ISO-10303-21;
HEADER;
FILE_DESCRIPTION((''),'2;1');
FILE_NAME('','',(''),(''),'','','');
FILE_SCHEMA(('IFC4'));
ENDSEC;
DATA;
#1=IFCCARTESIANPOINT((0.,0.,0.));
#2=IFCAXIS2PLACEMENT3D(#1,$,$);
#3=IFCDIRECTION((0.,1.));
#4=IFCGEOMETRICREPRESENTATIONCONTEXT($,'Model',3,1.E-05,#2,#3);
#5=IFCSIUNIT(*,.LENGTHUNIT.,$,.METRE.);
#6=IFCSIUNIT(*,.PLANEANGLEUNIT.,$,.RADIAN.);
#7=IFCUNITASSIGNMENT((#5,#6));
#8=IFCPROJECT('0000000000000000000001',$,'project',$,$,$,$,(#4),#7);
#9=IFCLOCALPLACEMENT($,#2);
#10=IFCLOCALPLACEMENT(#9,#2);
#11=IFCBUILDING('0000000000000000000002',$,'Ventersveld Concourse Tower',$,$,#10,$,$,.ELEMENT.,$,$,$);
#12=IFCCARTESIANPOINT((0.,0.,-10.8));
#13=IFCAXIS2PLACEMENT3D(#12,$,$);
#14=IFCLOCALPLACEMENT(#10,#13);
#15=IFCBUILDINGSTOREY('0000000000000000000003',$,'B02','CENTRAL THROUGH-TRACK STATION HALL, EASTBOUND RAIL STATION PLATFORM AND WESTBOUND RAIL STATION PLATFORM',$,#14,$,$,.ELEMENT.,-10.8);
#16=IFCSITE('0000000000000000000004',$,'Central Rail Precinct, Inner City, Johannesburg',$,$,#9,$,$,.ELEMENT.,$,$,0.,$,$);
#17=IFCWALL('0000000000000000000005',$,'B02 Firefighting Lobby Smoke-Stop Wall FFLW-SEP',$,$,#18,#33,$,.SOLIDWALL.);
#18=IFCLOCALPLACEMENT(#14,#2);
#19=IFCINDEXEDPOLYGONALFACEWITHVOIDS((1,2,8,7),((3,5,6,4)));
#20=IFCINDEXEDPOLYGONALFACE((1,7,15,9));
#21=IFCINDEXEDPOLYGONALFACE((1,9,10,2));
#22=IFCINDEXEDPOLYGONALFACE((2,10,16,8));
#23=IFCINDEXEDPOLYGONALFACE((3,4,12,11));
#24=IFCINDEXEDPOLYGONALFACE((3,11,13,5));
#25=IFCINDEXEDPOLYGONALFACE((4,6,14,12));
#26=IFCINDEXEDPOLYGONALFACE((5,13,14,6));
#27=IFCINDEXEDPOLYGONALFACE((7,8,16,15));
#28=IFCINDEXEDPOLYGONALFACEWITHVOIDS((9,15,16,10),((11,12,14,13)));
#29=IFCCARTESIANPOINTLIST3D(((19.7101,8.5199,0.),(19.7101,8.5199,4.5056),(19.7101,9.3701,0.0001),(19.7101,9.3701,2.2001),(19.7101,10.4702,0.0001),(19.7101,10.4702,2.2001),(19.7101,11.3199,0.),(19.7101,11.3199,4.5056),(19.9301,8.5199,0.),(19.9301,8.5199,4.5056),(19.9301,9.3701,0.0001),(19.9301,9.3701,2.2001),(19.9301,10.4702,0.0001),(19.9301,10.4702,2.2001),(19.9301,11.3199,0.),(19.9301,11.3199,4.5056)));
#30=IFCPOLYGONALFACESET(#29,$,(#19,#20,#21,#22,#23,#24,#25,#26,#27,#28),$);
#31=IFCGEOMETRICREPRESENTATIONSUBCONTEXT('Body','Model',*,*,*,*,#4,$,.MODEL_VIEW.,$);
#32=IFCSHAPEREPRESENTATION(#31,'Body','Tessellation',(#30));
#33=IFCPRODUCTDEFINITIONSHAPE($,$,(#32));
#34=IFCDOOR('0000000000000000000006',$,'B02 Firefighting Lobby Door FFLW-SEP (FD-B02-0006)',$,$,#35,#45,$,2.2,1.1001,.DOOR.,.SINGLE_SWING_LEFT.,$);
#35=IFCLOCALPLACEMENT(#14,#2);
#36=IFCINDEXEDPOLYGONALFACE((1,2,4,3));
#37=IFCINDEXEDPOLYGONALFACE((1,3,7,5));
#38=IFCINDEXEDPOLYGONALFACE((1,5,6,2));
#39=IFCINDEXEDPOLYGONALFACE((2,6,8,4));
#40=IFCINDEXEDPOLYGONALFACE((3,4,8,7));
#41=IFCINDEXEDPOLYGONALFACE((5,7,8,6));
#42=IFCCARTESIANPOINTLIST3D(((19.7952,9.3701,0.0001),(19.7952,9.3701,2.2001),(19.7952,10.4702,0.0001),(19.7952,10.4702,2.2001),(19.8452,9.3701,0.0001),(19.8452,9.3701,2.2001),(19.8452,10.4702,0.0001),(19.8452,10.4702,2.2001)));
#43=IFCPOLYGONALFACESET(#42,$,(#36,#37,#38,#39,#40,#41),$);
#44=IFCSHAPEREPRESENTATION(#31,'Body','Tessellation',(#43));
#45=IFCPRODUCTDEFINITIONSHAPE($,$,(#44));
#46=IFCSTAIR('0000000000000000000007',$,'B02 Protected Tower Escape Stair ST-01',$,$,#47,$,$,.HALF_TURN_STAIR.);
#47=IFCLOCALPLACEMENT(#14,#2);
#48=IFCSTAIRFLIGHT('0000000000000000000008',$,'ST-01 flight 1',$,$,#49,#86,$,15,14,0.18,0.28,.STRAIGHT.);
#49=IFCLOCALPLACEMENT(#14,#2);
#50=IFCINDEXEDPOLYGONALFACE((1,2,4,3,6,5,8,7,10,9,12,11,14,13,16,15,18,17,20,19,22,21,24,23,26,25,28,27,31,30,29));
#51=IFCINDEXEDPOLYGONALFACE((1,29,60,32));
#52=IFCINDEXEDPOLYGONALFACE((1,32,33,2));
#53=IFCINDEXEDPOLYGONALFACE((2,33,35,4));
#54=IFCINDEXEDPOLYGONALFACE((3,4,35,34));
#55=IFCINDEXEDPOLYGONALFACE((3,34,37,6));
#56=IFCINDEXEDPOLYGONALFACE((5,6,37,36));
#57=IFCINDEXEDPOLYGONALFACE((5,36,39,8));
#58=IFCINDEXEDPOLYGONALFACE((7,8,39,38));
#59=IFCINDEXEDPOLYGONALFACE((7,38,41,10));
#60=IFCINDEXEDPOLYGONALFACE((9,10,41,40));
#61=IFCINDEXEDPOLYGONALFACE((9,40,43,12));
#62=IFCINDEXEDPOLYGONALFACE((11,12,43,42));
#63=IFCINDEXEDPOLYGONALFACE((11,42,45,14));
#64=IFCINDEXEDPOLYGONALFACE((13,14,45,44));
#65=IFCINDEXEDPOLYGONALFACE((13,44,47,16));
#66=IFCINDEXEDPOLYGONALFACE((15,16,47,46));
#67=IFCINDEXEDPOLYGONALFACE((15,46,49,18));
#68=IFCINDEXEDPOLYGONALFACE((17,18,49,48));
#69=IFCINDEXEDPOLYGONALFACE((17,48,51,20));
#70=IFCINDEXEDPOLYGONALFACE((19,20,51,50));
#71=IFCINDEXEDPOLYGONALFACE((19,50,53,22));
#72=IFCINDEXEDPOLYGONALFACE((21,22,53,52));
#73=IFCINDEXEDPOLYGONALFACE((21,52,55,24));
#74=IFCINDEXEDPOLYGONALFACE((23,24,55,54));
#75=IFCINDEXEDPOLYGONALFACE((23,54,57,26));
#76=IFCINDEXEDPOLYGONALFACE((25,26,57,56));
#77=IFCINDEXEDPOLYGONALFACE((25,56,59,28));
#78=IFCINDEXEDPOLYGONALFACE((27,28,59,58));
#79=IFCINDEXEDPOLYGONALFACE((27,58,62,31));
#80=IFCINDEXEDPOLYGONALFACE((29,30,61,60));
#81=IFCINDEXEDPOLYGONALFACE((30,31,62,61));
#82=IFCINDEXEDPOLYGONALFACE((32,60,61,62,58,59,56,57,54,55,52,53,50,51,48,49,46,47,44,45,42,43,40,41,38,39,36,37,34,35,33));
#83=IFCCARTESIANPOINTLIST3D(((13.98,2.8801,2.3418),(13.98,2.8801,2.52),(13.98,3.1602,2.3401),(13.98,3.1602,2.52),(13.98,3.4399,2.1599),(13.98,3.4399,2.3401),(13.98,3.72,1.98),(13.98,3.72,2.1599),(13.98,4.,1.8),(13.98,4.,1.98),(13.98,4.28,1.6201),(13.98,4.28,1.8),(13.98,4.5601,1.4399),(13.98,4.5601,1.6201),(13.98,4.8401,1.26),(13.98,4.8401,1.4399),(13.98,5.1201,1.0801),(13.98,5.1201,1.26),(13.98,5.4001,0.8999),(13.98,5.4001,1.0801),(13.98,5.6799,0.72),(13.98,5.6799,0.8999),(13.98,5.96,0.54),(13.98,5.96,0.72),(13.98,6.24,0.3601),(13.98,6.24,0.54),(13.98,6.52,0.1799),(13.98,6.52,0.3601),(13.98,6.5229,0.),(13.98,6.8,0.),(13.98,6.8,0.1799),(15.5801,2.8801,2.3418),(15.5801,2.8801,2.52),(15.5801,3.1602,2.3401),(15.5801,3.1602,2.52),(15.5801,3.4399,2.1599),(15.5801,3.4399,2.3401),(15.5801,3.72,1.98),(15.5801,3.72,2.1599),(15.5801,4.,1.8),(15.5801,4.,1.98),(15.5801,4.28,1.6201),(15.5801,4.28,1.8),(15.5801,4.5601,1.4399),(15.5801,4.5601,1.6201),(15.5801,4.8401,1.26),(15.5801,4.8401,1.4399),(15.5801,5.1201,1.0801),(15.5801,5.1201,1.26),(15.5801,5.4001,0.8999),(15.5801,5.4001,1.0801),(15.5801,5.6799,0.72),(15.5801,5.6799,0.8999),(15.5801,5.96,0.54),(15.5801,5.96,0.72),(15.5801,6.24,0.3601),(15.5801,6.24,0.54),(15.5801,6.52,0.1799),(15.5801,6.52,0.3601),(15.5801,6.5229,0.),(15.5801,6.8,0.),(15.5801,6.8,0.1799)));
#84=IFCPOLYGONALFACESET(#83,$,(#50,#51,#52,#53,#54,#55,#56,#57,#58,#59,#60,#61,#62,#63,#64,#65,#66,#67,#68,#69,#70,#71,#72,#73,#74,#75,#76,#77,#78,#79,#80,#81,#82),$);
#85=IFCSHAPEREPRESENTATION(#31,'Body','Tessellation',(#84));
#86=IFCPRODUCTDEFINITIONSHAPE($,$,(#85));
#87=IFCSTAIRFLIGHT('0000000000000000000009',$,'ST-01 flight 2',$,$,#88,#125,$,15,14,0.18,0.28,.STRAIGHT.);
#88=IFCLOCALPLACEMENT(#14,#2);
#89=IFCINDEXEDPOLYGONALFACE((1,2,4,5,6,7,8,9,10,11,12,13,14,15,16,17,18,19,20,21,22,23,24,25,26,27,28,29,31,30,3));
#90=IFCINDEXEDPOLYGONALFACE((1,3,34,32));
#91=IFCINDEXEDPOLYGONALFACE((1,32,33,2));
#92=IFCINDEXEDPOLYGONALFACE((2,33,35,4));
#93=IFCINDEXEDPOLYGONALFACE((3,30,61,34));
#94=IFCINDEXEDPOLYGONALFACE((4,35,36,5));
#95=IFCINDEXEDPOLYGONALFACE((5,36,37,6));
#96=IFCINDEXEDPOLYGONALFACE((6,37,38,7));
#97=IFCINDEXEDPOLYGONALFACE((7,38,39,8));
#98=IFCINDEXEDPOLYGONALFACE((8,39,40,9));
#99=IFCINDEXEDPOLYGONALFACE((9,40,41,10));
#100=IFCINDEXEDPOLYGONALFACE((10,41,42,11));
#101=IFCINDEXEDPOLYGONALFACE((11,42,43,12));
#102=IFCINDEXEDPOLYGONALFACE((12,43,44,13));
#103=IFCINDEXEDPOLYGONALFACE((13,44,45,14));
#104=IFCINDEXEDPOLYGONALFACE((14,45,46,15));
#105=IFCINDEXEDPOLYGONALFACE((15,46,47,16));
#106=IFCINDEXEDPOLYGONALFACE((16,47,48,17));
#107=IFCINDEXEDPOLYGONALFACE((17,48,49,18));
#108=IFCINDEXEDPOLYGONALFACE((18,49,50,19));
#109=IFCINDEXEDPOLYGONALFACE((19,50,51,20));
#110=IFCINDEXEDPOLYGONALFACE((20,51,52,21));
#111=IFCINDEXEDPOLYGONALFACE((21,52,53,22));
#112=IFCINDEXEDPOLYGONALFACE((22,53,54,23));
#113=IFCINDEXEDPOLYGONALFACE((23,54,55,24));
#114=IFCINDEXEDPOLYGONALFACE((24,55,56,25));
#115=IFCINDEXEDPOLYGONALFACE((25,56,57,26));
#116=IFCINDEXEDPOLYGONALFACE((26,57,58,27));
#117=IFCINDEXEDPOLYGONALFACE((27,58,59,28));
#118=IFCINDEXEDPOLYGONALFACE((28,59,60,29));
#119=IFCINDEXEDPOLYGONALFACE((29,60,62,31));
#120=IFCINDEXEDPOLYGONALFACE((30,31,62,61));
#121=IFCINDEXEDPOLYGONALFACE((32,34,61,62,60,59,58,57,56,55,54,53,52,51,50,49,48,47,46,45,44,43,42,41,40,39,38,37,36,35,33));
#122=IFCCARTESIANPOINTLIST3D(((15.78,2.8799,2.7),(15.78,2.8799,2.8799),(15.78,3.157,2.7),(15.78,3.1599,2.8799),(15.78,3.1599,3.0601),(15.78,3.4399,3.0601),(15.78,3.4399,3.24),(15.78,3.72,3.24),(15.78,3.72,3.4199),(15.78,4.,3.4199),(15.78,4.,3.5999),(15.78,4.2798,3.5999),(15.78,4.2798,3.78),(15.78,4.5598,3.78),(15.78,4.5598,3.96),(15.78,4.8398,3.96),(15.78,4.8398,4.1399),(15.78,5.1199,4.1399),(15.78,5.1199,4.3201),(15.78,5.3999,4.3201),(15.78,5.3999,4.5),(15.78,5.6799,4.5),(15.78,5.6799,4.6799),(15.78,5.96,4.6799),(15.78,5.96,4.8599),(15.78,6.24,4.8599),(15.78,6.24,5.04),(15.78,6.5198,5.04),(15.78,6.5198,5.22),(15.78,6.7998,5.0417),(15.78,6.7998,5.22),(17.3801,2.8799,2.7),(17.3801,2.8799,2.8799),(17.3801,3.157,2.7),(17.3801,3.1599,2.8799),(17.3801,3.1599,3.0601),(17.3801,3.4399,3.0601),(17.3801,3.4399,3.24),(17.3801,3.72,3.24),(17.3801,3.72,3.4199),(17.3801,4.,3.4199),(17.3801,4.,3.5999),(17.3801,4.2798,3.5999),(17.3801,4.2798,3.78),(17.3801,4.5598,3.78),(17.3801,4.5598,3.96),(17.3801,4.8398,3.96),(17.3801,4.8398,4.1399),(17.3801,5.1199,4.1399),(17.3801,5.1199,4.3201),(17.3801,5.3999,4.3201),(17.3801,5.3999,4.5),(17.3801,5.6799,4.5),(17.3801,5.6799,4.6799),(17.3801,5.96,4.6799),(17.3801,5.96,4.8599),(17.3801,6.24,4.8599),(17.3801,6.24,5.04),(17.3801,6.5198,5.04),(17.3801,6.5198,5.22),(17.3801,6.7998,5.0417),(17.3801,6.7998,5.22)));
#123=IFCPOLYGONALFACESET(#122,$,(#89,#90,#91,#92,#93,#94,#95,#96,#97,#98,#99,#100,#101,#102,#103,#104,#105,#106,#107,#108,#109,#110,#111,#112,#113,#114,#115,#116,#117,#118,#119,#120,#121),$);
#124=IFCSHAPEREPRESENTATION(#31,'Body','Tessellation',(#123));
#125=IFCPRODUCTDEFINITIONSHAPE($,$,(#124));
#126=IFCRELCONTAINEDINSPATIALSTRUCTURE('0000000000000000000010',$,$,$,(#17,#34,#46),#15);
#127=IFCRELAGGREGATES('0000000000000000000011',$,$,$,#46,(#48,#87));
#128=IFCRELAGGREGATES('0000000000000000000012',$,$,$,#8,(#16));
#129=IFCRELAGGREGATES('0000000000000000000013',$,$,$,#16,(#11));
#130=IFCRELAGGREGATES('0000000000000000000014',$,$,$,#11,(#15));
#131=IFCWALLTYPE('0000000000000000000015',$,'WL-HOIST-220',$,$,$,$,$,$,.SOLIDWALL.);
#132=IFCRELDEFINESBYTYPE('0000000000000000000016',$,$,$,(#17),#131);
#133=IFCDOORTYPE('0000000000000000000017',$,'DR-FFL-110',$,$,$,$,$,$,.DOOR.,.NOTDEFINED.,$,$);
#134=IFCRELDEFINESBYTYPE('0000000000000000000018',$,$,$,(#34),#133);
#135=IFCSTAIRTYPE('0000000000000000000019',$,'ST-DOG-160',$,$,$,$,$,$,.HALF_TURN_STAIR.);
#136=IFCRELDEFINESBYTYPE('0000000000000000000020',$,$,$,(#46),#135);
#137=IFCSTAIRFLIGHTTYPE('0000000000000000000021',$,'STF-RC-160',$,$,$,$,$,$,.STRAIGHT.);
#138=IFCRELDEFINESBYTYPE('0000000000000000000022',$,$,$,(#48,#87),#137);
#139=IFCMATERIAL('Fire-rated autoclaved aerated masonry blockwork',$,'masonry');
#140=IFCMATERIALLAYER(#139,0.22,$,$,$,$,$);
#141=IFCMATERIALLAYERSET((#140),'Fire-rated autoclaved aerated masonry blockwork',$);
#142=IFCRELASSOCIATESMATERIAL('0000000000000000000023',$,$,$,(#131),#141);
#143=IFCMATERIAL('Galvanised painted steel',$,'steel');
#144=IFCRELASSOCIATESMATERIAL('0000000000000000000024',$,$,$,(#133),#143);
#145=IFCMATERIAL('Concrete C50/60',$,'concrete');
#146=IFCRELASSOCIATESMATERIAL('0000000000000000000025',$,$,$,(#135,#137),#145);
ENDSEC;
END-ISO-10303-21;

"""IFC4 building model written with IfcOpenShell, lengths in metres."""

from ifc_helpers import new_model, si_unit, direction, frame, frame_2d, origin, place, context, subcontext, project, spatial, polyline, rectangle, outline, extrude, material, layer, layer_set, type_object, element, fill, aggregate, save


model = new_model("IFC4")

# Units and contexts
model_context = context("Model", 3, precision=1e-05, world=origin(), true_north=direction((0.0, 1.0)))
body_context = subcontext(model_context, "Body", "Model", "MODEL_VIEW")
ifc_project = project(units=[si_unit("LENGTHUNIT", "METRE"), si_unit("PLANEANGLEUNIT", "RADIAN")], contexts=[model_context])

# Site, building, storey
site_placement = place(None, origin())
site = spatial("IfcSite", under=ifc_project, at=site_placement, Name="Central Rail Precinct, Inner City, Johannesburg", CompositionType="ELEMENT", RefElevation=0.0)
building_placement = place(site_placement, origin())
building = spatial("IfcBuilding", under=site, at=building_placement, Name="Ventersveld Concourse Tower", CompositionType="ELEMENT")
storey_placement = place(building_placement, frame((0.0, 0.0, -10.8)))
storey = spatial("IfcBuildingStorey", under=building, at=storey_placement, Name="B02", Description="CENTRAL THROUGH-TRACK STATION HALL, EASTBOUND RAIL STATION PLATFORM AND WESTBOUND RAIL STATION PLATFORM", CompositionType="ELEMENT", Elevation=-10.8)

# Shared definitions
ifc_material_1 = material(Name="Concrete C50/60", Category="concrete")

# Shared definitions
ifc_material_2 = material(Name="Fire-rated autoclaved aerated masonry blockwork", Category="masonry")
ifc_layer_1 = layer(ifc_material_2, 0.22)
ifc_layer_set_1 = layer_set([ifc_layer_1], Name="Fire-rated autoclaved aerated masonry blockwork")
wall_type_1 = type_object("IfcWallType", Name="WL-HOIST-220", PredefinedType="SOLIDWALL", material=ifc_layer_set_1)

# Wall, opening, door
ifc_material_3 = material(Name="Galvanised painted steel", Category="steel")
wall_1_placement = place(storey_placement, frame((19.8201, 8.52, 0.0), z_axis=(0.0, 0.0, 1.0), x_axis=(0.0, 1.0, 0.0)))
wall_1 = element("IfcWall", 1, at=wall_1_placement, inside=storey, type_object=wall_type_1, Name="B02 Firefighting Lobby Smoke-Stop Wall FFLW-SEP", PredefinedType="SOLIDWALL", context=body_context, shape_type="SweptSolid", body=[
    extrude(rectangle(XDim=2.8, YDim=0.22, at=frame_2d((1.3999, 0.0))), origin(), (0.0, 0.0, 1.0), 4.5056),
])
opening_1_placement = place(wall_1_placement, frame((0.8501, 0.0, 0.0)))
opening_1 = element("IfcOpeningElement", 2, at=opening_1_placement, cuts=wall_1, PredefinedType="OPENING", context=body_context, shape_type="SweptSolid", body=[
    extrude(rectangle(XDim=1.1001, YDim=2.2, at=frame_2d((0.55, 1.1001))), frame((0.0, 0.1201, 0.0), z_axis=(0.0, -1.0, 0.0), x_axis=(1.0, 0.0, 0.0)), (0.0, 0.0, 1.0), 0.24),
])
door_type_1 = type_object("IfcDoorType", Name="DR-FFL-110", OperationType="NOTDEFINED", PredefinedType="DOOR", material=ifc_material_3)
door_1_placement = place(opening_1_placement, origin())
door_1 = element("IfcDoor", 3, at=door_1_placement, inside=storey, type_object=door_type_1, Name="B02 Firefighting Lobby Door FFLW-SEP (FD-B02-0006)", OperationType="SINGLE_SWING_LEFT", OverallHeight=2.2, OverallWidth=1.1001, PredefinedType="DOOR", context=body_context, shape_type="SweptSolid", body=[
    extrude(rectangle(XDim=1.1001, YDim=2.2, at=frame_2d((0.55, 1.1001))), frame((0.0, 0.0249, 0.0), z_axis=(0.0, -1.0, 0.0), x_axis=(1.0, 0.0, 0.0)), (0.0, 0.0, 1.0), 0.05),
])
fill(opening_1, door_1)

# Stair, stair flights
stair_type = type_object("IfcStairType", Name="ST-DOG-160", PredefinedType="HALF_TURN_STAIR", material=ifc_material_1)
stair_placement = place(storey_placement, origin())
stair = element("IfcStair", 4, at=stair_placement, inside=storey, type_object=stair_type, Name="B02 Protected Tower Escape Stair ST-01", PredefinedType="HALF_TURN_STAIR")
stair_flight_type = type_object("IfcStairFlightType", Name="STF-RC-160", PredefinedType="STRAIGHT", material=ifc_material_1)
stair_flight_1_placement = place(storey_placement, frame((14.78, 6.8, 0.0), z_axis=(0.0, 0.0, 1.0), x_axis=(0.0, -1.0, 0.0)))
stair_flight_1 = element("IfcStairFlight", 5, at=stair_flight_1_placement, type_object=stair_flight_type, Name="ST-01 flight 1", NumberOfRisers=15, NumberOfTreads=14, PredefinedType="STRAIGHT", RiserHeight=0.18, TreadLength=0.28, context=body_context, shape_type="SweptSolid", body=[
    extrude(outline(polyline([(0.0, 0.0), (0.0, 0.1799), (0.28, 0.1799), (0.28, 0.3601), (0.5601, 0.3601), (0.5601, 0.54), (0.8401, 0.54), (0.8401, 0.72), (1.1201, 0.72), (1.1201, 0.8999), (1.3999, 0.8999), (1.3999, 1.0801), (1.6799, 1.0801), (1.6799, 1.26), (1.96, 1.26), (1.96, 1.4399), (2.24, 1.4399), (2.24, 1.6201), (2.52, 1.6201), (2.52, 1.8), (2.8, 1.8), (2.8, 1.98), (3.0801, 1.98), (3.0801, 2.1599), (3.3601, 2.1599), (3.3601, 2.3401), (3.6399, 2.3401), (3.6399, 2.52), (3.9199, 2.52), (3.9199, 2.7), (3.9199, 2.3418), (0.2771, 0.0), (0.0, 0.0)])), frame((0.0, 0.8, 0.0), z_axis=(0.0, -1.0, 0.0), x_axis=(1.0, 0.0, 0.0)), (0.0, 0.0, 1.0), 1.6001),
])
stair_flight_2_placement = place(storey_placement, frame((16.5801, 2.8799, 2.7), z_axis=(0.0, 0.0, 1.0), x_axis=(0.0, 1.0, 0.0)))
stair_flight_2 = element("IfcStairFlight", 6, at=stair_flight_2_placement, type_object=stair_flight_type, Name="ST-01 flight 2", NumberOfRisers=15, NumberOfTreads=14, PredefinedType="STRAIGHT", RiserHeight=0.18, TreadLength=0.28, context=body_context, shape_type="SweptSolid", body=[
    extrude(outline(polyline([(0.0, 0.0), (0.0, 0.1799), (0.28, 0.1799), (0.28, 0.3601), (0.5601, 0.3601), (0.5601, 0.54), (0.8401, 0.54), (0.8401, 0.72), (1.1201, 0.72), (1.1201, 0.8999), (1.3999, 0.8999), (1.3999, 1.0801), (1.6799, 1.0801), (1.6799, 1.26), (1.96, 1.26), (1.96, 1.4399), (2.24, 1.4399), (2.24, 1.6201), (2.52, 1.6201), (2.52, 1.8), (2.8, 1.8), (2.8, 1.98), (3.0801, 1.98), (3.0801, 2.1599), (3.3601, 2.1599), (3.3601, 2.3401), (3.6399, 2.3401), (3.6399, 2.52), (3.9199, 2.52), (3.9199, 2.7), (3.9199, 2.3418), (0.2771, 0.0), (0.0, 0.0)])), frame((0.0, 0.8, 0.0), z_axis=(0.0, -1.0, 0.0), x_axis=(1.0, 0.0, 0.0)), (0.0, 0.0, 1.0), 1.6001),
])
aggregate(stair, [stair_flight_1, stair_flight_2])

save(model, "model.ifc")
